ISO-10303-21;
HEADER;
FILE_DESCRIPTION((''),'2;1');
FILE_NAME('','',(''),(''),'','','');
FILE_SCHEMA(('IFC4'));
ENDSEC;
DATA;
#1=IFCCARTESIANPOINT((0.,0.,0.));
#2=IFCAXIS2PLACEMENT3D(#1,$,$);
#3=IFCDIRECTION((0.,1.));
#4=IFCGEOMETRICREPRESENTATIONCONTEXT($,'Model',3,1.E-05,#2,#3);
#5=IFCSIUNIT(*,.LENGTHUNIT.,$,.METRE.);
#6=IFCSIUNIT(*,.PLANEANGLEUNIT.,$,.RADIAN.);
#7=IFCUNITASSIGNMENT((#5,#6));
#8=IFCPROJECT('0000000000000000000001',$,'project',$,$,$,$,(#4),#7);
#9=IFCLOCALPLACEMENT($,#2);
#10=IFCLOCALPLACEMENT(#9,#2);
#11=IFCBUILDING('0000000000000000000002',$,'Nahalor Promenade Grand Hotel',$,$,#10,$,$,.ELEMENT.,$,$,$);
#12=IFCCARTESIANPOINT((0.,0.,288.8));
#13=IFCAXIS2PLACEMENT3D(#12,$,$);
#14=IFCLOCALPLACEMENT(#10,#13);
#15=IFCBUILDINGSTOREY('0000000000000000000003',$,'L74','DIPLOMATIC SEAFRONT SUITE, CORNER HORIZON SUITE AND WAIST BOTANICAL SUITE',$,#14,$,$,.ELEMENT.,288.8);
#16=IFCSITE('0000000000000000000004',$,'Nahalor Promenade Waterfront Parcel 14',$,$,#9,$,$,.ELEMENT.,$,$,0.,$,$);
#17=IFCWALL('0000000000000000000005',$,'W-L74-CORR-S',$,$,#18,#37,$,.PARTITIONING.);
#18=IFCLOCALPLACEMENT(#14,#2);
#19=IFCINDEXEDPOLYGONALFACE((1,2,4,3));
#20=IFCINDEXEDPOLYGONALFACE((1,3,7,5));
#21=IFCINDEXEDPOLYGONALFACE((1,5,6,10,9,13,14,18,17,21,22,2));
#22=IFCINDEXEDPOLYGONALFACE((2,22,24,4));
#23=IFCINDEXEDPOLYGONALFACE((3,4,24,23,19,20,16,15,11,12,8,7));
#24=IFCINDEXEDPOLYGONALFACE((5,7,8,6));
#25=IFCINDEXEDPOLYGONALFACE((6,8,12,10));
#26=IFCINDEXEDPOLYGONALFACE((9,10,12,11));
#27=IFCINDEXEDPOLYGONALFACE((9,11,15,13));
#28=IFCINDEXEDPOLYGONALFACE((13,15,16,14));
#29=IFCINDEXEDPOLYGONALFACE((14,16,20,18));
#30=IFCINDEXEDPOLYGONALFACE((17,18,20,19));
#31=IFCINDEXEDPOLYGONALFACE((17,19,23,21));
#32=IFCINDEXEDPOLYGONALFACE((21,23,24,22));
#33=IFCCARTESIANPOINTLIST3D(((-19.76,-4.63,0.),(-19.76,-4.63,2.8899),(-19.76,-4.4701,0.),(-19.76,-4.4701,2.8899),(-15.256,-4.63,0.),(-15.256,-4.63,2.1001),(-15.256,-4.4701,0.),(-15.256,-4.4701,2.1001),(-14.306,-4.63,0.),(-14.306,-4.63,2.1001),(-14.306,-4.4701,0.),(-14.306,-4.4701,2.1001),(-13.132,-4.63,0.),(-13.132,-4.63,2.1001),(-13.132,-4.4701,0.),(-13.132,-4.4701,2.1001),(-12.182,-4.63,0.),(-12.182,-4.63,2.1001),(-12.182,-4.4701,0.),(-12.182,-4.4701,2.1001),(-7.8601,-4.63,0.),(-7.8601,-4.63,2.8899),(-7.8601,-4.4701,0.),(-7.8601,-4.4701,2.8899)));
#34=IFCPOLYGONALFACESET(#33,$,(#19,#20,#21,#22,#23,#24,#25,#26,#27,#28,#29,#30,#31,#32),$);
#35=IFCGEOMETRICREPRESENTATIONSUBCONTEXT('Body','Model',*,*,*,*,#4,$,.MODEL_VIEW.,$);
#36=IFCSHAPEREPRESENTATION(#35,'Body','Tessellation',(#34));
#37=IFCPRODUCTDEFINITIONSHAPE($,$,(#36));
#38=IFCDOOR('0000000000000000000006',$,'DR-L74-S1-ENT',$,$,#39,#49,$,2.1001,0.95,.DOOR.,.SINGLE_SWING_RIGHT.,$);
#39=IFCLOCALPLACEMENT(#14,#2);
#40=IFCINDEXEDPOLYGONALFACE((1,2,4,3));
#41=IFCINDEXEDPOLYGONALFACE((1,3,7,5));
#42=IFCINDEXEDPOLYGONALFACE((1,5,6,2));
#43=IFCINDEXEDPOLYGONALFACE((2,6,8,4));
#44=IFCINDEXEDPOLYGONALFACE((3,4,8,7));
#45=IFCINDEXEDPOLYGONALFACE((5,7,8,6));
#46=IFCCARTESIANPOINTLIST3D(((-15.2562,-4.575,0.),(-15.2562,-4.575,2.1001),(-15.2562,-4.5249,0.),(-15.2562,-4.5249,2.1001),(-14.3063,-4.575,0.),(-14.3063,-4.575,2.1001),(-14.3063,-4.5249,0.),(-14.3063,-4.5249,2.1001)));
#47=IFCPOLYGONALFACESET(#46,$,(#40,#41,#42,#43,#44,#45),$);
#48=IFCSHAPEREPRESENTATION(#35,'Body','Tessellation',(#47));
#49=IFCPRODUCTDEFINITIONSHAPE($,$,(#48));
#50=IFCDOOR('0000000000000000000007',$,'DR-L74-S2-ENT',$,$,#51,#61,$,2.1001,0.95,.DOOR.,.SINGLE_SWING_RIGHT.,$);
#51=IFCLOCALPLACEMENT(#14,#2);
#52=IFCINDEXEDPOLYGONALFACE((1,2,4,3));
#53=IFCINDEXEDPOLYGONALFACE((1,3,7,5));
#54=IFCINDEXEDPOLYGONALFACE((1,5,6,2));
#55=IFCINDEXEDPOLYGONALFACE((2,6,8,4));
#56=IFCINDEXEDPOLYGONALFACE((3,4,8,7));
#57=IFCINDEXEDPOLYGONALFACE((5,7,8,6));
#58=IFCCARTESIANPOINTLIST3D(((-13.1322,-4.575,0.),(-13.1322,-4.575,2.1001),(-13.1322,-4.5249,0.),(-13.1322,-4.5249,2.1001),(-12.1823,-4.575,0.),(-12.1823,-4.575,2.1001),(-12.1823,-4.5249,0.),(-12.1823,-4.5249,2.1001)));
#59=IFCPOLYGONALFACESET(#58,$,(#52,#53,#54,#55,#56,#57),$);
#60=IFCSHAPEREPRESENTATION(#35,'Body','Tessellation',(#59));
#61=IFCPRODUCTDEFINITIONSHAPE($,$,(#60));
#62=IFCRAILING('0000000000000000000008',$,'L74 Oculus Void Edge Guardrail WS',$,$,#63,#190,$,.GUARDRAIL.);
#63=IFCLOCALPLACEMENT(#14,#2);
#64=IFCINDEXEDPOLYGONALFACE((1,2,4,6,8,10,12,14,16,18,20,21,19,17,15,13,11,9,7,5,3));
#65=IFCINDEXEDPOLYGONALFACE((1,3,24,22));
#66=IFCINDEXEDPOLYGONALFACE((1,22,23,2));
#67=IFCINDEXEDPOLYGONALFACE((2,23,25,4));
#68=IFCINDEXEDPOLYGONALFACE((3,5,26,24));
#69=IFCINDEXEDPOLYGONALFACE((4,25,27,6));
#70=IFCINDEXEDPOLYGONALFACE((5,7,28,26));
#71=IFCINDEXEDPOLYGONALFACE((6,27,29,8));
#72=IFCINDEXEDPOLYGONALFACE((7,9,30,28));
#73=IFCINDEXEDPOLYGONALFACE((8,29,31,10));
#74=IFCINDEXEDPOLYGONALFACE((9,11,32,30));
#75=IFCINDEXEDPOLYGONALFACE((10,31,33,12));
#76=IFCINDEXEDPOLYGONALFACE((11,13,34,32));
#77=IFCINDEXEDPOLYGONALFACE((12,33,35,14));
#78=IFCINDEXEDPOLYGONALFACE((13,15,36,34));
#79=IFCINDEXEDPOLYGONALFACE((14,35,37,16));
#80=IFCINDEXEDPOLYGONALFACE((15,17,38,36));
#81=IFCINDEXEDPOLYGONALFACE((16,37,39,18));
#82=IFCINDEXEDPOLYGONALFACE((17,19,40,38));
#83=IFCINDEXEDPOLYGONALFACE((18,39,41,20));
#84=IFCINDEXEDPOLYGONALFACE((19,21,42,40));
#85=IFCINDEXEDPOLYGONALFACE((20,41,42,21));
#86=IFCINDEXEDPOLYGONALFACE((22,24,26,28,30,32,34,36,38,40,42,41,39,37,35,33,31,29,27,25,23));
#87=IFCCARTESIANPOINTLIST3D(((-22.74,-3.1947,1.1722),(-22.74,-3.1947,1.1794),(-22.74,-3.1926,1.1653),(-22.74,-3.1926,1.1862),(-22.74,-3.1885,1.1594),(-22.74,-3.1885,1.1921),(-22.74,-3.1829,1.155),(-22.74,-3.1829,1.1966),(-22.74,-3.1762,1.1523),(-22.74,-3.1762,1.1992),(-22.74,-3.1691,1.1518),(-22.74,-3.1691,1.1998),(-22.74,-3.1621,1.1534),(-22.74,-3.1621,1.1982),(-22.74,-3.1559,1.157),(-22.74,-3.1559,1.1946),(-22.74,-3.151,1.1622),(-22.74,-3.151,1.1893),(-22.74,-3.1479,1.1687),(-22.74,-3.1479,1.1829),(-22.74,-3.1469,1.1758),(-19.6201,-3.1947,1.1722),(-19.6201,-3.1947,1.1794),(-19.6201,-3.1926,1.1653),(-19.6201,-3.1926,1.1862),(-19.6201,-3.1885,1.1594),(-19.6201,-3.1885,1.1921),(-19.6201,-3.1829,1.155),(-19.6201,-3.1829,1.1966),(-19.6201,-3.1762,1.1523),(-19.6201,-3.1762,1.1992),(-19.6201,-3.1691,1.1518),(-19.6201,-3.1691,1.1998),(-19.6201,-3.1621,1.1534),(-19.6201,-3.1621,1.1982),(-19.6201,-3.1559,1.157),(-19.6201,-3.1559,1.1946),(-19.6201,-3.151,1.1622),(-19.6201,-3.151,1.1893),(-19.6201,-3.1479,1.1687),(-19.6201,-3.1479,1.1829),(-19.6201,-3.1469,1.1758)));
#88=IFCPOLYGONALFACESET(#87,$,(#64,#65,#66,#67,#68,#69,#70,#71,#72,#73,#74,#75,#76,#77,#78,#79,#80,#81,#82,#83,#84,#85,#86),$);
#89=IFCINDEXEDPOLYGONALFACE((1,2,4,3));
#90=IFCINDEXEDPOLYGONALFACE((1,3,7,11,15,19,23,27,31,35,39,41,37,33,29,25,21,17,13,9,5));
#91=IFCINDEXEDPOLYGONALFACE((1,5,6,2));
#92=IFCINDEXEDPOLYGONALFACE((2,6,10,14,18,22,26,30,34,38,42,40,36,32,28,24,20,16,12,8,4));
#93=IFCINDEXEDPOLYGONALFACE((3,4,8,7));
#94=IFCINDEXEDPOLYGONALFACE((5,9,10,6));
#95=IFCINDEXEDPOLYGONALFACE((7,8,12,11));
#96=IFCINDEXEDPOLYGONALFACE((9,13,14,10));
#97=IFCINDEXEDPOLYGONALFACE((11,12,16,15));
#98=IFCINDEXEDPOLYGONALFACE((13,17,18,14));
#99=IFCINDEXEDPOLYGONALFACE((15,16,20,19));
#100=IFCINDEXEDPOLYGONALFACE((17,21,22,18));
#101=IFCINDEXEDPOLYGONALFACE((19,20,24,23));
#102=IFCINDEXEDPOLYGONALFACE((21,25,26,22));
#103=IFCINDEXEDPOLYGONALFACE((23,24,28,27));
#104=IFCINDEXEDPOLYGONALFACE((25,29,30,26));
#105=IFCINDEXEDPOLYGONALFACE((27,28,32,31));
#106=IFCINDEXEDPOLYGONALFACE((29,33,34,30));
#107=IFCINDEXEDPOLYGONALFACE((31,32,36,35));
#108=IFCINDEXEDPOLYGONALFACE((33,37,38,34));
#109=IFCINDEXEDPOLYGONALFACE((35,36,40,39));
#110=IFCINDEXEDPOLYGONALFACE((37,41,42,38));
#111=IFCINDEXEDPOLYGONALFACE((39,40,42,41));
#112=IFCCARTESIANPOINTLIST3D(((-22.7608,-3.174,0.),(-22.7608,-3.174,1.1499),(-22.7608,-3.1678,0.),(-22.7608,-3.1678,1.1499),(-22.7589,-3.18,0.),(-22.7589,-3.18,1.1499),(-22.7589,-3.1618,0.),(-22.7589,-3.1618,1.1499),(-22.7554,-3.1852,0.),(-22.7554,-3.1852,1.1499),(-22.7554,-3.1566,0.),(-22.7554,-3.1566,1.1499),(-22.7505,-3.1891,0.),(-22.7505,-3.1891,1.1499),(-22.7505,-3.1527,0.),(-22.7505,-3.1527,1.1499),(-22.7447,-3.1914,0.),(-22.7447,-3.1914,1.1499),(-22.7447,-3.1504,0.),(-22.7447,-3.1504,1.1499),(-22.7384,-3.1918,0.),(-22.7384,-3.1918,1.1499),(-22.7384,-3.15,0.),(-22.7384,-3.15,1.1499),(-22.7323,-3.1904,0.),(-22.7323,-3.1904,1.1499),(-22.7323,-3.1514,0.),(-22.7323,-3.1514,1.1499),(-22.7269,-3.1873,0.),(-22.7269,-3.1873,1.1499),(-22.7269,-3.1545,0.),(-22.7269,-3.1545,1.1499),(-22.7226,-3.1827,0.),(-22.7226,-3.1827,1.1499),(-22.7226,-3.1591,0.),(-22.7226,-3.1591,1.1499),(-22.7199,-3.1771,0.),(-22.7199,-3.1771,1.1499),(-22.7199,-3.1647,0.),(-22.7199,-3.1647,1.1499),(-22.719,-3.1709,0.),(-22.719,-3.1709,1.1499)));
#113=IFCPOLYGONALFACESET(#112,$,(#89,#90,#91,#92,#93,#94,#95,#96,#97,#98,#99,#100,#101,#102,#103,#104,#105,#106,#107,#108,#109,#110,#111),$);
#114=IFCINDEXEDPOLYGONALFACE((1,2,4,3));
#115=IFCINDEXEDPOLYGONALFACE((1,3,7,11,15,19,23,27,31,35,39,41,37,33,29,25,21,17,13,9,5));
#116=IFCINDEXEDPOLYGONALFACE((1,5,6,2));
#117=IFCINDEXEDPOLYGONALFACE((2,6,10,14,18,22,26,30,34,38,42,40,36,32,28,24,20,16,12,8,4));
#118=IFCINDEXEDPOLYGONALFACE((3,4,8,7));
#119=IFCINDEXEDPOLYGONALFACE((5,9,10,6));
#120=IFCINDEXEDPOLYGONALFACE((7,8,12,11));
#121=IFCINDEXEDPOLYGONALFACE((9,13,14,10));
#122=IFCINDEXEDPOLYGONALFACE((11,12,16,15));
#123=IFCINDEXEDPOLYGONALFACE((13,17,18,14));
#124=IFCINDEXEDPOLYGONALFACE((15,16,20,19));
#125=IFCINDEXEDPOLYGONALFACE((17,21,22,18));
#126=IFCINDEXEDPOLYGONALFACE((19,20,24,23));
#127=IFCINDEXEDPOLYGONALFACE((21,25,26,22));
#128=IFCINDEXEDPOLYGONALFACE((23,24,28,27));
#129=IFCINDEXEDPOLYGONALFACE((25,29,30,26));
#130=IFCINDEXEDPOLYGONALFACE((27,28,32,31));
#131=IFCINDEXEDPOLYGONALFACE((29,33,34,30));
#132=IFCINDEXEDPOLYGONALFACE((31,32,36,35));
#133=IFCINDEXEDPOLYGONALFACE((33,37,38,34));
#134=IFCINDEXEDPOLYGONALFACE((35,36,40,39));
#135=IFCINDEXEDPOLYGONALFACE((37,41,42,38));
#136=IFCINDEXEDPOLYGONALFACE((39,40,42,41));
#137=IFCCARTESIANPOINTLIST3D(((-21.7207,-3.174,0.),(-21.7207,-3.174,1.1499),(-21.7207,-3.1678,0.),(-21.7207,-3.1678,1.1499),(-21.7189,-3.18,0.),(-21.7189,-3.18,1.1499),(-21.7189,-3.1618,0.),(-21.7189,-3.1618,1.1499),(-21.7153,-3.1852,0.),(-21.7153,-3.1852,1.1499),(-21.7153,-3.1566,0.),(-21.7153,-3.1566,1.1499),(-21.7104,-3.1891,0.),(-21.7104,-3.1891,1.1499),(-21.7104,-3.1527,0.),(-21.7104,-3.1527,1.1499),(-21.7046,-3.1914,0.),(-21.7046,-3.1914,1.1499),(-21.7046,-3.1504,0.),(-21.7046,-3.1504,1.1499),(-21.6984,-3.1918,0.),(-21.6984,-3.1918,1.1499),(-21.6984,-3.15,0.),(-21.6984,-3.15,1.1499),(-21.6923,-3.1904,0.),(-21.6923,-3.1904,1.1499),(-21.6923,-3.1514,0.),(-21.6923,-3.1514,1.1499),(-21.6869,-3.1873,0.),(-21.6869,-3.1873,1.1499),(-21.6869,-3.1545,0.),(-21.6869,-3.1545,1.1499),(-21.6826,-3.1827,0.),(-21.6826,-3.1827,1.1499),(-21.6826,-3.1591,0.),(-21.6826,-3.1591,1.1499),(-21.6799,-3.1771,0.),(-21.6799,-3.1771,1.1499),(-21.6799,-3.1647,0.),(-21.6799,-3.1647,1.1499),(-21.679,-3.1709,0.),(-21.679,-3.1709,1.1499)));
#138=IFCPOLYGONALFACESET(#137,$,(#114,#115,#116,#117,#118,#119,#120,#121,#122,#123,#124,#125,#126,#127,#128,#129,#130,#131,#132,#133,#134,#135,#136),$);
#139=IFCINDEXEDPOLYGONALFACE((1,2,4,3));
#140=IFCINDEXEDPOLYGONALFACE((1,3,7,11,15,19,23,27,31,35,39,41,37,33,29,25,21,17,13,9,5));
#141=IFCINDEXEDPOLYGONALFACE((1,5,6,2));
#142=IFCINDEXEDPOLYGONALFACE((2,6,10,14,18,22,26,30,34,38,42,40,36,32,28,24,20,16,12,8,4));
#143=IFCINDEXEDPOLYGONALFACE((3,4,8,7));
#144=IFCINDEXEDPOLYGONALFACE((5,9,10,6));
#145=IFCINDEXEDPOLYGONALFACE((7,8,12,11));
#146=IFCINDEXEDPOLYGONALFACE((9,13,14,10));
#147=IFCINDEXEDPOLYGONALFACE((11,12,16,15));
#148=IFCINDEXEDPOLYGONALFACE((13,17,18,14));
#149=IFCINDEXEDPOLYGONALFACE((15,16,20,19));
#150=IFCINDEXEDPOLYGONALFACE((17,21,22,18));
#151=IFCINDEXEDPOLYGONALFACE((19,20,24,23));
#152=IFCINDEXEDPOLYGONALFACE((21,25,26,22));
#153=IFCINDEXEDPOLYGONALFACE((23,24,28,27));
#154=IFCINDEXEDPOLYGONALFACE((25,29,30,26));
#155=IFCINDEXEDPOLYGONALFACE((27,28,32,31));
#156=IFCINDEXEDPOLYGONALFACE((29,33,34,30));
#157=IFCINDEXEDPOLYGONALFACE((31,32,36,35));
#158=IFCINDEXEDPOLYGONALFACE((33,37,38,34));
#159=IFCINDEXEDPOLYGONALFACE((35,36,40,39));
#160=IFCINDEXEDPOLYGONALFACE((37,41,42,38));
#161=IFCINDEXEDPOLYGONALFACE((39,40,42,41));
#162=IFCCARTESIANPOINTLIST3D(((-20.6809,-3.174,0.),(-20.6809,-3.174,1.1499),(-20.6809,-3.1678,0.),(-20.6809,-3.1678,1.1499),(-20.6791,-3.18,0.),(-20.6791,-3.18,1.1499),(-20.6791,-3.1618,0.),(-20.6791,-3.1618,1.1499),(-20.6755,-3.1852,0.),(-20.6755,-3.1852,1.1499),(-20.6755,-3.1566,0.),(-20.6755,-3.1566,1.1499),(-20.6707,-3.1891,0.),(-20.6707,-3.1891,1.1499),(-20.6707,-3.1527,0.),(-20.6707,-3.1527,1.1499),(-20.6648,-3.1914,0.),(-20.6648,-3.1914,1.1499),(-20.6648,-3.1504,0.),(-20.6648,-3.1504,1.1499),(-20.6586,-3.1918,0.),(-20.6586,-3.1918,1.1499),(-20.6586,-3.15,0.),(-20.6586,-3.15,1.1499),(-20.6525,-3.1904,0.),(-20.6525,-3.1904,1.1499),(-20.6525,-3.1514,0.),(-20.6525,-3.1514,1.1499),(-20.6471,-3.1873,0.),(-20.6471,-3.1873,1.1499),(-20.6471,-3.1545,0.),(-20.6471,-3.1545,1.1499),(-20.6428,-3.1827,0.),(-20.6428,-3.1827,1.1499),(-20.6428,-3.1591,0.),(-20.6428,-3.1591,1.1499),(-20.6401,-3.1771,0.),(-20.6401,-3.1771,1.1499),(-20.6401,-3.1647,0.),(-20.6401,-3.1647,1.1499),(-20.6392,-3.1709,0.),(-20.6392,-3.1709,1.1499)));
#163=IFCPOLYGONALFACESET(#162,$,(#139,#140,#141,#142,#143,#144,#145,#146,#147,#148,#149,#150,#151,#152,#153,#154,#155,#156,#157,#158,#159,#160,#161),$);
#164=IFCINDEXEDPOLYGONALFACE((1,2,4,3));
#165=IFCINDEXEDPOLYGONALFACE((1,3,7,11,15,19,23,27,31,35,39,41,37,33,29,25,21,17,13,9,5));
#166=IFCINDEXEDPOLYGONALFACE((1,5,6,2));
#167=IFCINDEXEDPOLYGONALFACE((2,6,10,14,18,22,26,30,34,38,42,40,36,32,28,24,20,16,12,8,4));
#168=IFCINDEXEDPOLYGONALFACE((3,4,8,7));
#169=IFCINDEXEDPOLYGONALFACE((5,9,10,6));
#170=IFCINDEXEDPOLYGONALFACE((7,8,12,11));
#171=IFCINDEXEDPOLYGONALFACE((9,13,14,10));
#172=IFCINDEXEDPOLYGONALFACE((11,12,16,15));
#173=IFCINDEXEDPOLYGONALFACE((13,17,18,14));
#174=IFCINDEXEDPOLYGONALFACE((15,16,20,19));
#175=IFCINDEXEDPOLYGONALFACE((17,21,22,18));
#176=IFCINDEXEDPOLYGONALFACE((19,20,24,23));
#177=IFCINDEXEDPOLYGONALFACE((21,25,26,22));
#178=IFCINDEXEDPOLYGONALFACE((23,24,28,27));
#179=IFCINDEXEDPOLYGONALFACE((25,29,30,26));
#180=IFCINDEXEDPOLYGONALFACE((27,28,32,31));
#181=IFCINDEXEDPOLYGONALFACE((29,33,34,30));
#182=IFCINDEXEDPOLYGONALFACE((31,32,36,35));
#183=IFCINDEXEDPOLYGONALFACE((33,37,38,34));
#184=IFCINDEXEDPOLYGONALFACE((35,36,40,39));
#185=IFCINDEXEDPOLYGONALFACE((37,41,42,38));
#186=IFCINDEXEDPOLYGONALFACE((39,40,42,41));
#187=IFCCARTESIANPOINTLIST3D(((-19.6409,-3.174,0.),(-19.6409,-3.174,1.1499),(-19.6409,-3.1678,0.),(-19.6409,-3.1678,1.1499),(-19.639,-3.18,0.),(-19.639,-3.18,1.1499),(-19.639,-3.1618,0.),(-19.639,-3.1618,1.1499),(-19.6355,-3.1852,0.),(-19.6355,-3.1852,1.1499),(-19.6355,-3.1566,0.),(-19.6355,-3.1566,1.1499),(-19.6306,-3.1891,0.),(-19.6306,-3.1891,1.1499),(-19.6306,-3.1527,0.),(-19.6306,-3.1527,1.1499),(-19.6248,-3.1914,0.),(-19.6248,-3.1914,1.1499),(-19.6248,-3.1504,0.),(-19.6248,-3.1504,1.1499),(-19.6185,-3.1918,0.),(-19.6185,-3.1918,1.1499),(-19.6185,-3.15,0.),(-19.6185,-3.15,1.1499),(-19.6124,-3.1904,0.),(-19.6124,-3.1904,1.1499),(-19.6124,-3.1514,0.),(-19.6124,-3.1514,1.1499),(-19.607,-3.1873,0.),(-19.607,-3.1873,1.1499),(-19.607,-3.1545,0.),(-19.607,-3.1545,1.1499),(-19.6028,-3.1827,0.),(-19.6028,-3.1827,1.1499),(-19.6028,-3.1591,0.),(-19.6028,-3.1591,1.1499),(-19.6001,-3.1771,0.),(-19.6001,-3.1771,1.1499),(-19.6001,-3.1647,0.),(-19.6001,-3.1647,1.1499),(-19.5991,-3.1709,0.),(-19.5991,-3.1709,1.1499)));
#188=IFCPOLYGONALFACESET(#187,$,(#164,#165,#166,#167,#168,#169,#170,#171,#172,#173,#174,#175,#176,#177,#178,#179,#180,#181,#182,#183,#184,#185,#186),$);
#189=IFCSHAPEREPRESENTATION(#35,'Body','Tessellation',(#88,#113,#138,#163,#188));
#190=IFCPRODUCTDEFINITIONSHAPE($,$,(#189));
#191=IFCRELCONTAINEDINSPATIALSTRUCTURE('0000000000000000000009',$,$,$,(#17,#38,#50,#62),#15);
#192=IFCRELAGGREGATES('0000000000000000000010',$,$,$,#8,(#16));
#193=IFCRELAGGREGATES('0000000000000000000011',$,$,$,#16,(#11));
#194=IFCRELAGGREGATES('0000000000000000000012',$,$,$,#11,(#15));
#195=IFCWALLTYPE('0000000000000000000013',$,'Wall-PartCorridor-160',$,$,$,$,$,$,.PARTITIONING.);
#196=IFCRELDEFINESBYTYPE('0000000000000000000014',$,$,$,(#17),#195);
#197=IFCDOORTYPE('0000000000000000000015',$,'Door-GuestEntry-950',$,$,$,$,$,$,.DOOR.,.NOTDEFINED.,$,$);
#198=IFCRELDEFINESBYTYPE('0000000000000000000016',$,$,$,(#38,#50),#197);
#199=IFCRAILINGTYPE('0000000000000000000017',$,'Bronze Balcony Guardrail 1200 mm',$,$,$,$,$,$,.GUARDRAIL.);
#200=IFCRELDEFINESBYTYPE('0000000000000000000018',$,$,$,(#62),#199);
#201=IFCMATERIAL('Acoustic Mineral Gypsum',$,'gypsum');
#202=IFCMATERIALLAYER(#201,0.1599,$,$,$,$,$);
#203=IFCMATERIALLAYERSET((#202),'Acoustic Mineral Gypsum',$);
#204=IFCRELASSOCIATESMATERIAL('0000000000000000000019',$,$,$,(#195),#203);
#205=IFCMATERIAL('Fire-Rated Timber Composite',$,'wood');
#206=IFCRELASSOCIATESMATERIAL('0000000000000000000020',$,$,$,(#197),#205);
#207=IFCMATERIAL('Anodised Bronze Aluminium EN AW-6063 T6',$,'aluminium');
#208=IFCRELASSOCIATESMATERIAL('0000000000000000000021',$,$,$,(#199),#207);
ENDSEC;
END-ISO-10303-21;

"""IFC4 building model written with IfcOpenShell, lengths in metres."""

from ifc_helpers import new_model, si_unit, direction, frame, frame_2d, origin, origin_2d, place, context, subcontext, project, spatial, rectangle, circle, extrude, source, transform, mapped, material, layer, layer_set, type_object, element, fill, save


model = new_model("IFC4")

# Units and contexts
model_context = context("Model", 3, precision=1e-05, world=origin(), true_north=direction((0.0, 1.0)))
body_context = subcontext(model_context, "Body", "Model", "MODEL_VIEW")
ifc_project = project(units=[si_unit("LENGTHUNIT", "METRE"), si_unit("PLANEANGLEUNIT", "RADIAN")], contexts=[model_context])

# Site, building, storey
site_placement = place(None, origin())
site = spatial("IfcSite", under=ifc_project, at=site_placement, Name="Nahalor Promenade Waterfront Parcel 14", CompositionType="ELEMENT", RefElevation=0.0)
building_placement = place(site_placement, origin())
building = spatial("IfcBuilding", under=site, at=building_placement, Name="Nahalor Promenade Grand Hotel", CompositionType="ELEMENT")
storey_placement = place(building_placement, frame((0.0, 0.0, 288.8)))
storey = spatial("IfcBuildingStorey", under=building, at=storey_placement, Name="L74", Description="DIPLOMATIC SEAFRONT SUITE, CORNER HORIZON SUITE AND WAIST BOTANICAL SUITE", CompositionType="ELEMENT", Elevation=288.8)

# Shared definitions
ifc_material_1 = material(Name="Anodised Bronze Aluminium EN AW-6063 T6", Category="aluminium")

# Wall, openings, doors
ifc_material_2 = material(Name="Acoustic Mineral Gypsum", Category="gypsum")
ifc_layer_1 = layer(ifc_material_2, 0.1599)
ifc_layer_set_1 = layer_set([ifc_layer_1], Name="Acoustic Mineral Gypsum")
wall_type = type_object("IfcWallType", Name="Wall-PartCorridor-160", PredefinedType="PARTITIONING", material=ifc_layer_set_1)
shared_shape_1 = source(origin(), body_context, "Body", "SweptSolid", [
    extrude(rectangle(XDim=11.8999, YDim=0.1599, at=frame_2d((5.95, 0.0))), origin(), (0.0, 0.0, 1.0), 2.8899),
])
wall_placement = place(storey_placement, frame((-19.76, -4.55, 0.0), z_axis=(0.0, 0.0, 1.0), x_axis=(1.0, 0.0, 0.0)))
wall = element("IfcWall", 1, at=wall_placement, inside=storey, type_object=wall_type, Name="W-L74-CORR-S", PredefinedType="PARTITIONING", context=body_context, shape_type="MappedRepresentation", body=[
    mapped(shared_shape_1, transform((0.0, 0.0, 0.0), scale=1.0)),
])
opening_1_placement = place(wall_placement, frame((4.5039, 0.0, 0.0)))
opening_1 = element("IfcOpeningElement", 2, at=opening_1_placement, cuts=wall, PredefinedType="OPENING", context=body_context, shape_type="SweptSolid", body=[
    extrude(rectangle(XDim=0.95, YDim=2.1001, at=frame_2d((0.4751, 1.05))), frame((0.0, 0.0898, 0.0), z_axis=(0.0, -1.0, 0.0), x_axis=(1.0, 0.0, 0.0)), (0.0, 0.0, 1.0), 0.1799),
])
opening_2_placement = place(wall_placement, frame((6.6279, 0.0, 0.0)))
opening_2 = element("IfcOpeningElement", 3, at=opening_2_placement, cuts=wall, PredefinedType="OPENING", context=body_context, shape_type="SweptSolid", body=[
    extrude(rectangle(XDim=0.95, YDim=2.1001, at=frame_2d((0.4751, 1.05))), frame((0.0, 0.0898, 0.0), z_axis=(0.0, -1.0, 0.0), x_axis=(1.0, 0.0, 0.0)), (0.0, 0.0, 1.0), 0.1799),
])
ifc_material_3 = material(Name="Fire-Rated Timber Composite", Category="wood")
door_type = type_object("IfcDoorType", Name="Door-GuestEntry-950", OperationType="NOTDEFINED", PredefinedType="DOOR", material=ifc_material_3)
shared_shape_2 = source(origin(), body_context, "Body", "SweptSolid", [
    extrude(rectangle(XDim=0.95, YDim=2.1001, at=frame_2d((0.4751, 1.05))), frame((0.0, 0.0249, 0.0), z_axis=(0.0, -1.0, 0.0), x_axis=(1.0, 0.0, 0.0)), (0.0, 0.0, 1.0), 0.05),
])
door_1_placement = place(opening_1_placement, frame((0.95, 0.0, 0.0), z_axis=(0.0, 0.0, 1.0), x_axis=(-1.0, 0.0, 0.0)))
door_1 = element("IfcDoor", 4, at=door_1_placement, inside=storey, type_object=door_type, Name="DR-L74-S1-ENT", OperationType="SINGLE_SWING_RIGHT", OverallHeight=2.1001, OverallWidth=0.95, PredefinedType="DOOR", context=body_context, shape_type="MappedRepresentation", body=[
    mapped(shared_shape_2, transform((0.0, 0.0, 0.0), scale=1.0)),
])
fill(opening_1, door_1)
door_2_placement = place(opening_2_placement, frame((0.95, 0.0, 0.0), z_axis=(0.0, 0.0, 1.0), x_axis=(-1.0, 0.0, 0.0)))
door_2 = element("IfcDoor", 5, at=door_2_placement, inside=storey, type_object=door_type, Name="DR-L74-S2-ENT", OperationType="SINGLE_SWING_RIGHT", OverallHeight=2.1001, OverallWidth=0.95, PredefinedType="DOOR", context=body_context, shape_type="MappedRepresentation", body=[
    mapped(shared_shape_2, transform((0.0, 0.0, 0.0), scale=1.0)),
])
fill(opening_2, door_2)

# Railing
railing_type = type_object("IfcRailingType", Name="Bronze Balcony Guardrail 1200 mm", PredefinedType="GUARDRAIL", material=ifc_material_1)
railing_placement = place(storey_placement, frame((-22.74, -3.1709, 0.0)))
element("IfcRailing", 6, at=railing_placement, inside=storey, type_object=railing_type, Name="L74 Oculus Void Edge Guardrail WS", PredefinedType="GUARDRAIL", context=body_context, shape_type="SweptSolid", body=[
    extrude(circle(Radius=0.024, at=origin_2d()), frame((0.0, 0.0, 1.1758), z_axis=(1.0, 0.0, 0.0), x_axis=(0.0, 1.0, 0.0)), (0.0, 0.0, 1.0), 3.1199),
    extrude(circle(Radius=0.021, at=origin_2d()), origin(), (0.0, 0.0, 1.0), 1.1499),
    extrude(circle(Radius=0.021, at=origin_2d()), frame((1.04, 0.0, 0.0)), (0.0, 0.0, 1.0), 1.1499),
    extrude(circle(Radius=0.021, at=origin_2d()), frame((2.0798, 0.0, 0.0)), (0.0, 0.0, 1.0), 1.1499),
    extrude(circle(Radius=0.021, at=origin_2d()), frame((3.1199, 0.0, 0.0)), (0.0, 0.0, 1.0), 1.1499),
])

save(model, "model.ifc")
